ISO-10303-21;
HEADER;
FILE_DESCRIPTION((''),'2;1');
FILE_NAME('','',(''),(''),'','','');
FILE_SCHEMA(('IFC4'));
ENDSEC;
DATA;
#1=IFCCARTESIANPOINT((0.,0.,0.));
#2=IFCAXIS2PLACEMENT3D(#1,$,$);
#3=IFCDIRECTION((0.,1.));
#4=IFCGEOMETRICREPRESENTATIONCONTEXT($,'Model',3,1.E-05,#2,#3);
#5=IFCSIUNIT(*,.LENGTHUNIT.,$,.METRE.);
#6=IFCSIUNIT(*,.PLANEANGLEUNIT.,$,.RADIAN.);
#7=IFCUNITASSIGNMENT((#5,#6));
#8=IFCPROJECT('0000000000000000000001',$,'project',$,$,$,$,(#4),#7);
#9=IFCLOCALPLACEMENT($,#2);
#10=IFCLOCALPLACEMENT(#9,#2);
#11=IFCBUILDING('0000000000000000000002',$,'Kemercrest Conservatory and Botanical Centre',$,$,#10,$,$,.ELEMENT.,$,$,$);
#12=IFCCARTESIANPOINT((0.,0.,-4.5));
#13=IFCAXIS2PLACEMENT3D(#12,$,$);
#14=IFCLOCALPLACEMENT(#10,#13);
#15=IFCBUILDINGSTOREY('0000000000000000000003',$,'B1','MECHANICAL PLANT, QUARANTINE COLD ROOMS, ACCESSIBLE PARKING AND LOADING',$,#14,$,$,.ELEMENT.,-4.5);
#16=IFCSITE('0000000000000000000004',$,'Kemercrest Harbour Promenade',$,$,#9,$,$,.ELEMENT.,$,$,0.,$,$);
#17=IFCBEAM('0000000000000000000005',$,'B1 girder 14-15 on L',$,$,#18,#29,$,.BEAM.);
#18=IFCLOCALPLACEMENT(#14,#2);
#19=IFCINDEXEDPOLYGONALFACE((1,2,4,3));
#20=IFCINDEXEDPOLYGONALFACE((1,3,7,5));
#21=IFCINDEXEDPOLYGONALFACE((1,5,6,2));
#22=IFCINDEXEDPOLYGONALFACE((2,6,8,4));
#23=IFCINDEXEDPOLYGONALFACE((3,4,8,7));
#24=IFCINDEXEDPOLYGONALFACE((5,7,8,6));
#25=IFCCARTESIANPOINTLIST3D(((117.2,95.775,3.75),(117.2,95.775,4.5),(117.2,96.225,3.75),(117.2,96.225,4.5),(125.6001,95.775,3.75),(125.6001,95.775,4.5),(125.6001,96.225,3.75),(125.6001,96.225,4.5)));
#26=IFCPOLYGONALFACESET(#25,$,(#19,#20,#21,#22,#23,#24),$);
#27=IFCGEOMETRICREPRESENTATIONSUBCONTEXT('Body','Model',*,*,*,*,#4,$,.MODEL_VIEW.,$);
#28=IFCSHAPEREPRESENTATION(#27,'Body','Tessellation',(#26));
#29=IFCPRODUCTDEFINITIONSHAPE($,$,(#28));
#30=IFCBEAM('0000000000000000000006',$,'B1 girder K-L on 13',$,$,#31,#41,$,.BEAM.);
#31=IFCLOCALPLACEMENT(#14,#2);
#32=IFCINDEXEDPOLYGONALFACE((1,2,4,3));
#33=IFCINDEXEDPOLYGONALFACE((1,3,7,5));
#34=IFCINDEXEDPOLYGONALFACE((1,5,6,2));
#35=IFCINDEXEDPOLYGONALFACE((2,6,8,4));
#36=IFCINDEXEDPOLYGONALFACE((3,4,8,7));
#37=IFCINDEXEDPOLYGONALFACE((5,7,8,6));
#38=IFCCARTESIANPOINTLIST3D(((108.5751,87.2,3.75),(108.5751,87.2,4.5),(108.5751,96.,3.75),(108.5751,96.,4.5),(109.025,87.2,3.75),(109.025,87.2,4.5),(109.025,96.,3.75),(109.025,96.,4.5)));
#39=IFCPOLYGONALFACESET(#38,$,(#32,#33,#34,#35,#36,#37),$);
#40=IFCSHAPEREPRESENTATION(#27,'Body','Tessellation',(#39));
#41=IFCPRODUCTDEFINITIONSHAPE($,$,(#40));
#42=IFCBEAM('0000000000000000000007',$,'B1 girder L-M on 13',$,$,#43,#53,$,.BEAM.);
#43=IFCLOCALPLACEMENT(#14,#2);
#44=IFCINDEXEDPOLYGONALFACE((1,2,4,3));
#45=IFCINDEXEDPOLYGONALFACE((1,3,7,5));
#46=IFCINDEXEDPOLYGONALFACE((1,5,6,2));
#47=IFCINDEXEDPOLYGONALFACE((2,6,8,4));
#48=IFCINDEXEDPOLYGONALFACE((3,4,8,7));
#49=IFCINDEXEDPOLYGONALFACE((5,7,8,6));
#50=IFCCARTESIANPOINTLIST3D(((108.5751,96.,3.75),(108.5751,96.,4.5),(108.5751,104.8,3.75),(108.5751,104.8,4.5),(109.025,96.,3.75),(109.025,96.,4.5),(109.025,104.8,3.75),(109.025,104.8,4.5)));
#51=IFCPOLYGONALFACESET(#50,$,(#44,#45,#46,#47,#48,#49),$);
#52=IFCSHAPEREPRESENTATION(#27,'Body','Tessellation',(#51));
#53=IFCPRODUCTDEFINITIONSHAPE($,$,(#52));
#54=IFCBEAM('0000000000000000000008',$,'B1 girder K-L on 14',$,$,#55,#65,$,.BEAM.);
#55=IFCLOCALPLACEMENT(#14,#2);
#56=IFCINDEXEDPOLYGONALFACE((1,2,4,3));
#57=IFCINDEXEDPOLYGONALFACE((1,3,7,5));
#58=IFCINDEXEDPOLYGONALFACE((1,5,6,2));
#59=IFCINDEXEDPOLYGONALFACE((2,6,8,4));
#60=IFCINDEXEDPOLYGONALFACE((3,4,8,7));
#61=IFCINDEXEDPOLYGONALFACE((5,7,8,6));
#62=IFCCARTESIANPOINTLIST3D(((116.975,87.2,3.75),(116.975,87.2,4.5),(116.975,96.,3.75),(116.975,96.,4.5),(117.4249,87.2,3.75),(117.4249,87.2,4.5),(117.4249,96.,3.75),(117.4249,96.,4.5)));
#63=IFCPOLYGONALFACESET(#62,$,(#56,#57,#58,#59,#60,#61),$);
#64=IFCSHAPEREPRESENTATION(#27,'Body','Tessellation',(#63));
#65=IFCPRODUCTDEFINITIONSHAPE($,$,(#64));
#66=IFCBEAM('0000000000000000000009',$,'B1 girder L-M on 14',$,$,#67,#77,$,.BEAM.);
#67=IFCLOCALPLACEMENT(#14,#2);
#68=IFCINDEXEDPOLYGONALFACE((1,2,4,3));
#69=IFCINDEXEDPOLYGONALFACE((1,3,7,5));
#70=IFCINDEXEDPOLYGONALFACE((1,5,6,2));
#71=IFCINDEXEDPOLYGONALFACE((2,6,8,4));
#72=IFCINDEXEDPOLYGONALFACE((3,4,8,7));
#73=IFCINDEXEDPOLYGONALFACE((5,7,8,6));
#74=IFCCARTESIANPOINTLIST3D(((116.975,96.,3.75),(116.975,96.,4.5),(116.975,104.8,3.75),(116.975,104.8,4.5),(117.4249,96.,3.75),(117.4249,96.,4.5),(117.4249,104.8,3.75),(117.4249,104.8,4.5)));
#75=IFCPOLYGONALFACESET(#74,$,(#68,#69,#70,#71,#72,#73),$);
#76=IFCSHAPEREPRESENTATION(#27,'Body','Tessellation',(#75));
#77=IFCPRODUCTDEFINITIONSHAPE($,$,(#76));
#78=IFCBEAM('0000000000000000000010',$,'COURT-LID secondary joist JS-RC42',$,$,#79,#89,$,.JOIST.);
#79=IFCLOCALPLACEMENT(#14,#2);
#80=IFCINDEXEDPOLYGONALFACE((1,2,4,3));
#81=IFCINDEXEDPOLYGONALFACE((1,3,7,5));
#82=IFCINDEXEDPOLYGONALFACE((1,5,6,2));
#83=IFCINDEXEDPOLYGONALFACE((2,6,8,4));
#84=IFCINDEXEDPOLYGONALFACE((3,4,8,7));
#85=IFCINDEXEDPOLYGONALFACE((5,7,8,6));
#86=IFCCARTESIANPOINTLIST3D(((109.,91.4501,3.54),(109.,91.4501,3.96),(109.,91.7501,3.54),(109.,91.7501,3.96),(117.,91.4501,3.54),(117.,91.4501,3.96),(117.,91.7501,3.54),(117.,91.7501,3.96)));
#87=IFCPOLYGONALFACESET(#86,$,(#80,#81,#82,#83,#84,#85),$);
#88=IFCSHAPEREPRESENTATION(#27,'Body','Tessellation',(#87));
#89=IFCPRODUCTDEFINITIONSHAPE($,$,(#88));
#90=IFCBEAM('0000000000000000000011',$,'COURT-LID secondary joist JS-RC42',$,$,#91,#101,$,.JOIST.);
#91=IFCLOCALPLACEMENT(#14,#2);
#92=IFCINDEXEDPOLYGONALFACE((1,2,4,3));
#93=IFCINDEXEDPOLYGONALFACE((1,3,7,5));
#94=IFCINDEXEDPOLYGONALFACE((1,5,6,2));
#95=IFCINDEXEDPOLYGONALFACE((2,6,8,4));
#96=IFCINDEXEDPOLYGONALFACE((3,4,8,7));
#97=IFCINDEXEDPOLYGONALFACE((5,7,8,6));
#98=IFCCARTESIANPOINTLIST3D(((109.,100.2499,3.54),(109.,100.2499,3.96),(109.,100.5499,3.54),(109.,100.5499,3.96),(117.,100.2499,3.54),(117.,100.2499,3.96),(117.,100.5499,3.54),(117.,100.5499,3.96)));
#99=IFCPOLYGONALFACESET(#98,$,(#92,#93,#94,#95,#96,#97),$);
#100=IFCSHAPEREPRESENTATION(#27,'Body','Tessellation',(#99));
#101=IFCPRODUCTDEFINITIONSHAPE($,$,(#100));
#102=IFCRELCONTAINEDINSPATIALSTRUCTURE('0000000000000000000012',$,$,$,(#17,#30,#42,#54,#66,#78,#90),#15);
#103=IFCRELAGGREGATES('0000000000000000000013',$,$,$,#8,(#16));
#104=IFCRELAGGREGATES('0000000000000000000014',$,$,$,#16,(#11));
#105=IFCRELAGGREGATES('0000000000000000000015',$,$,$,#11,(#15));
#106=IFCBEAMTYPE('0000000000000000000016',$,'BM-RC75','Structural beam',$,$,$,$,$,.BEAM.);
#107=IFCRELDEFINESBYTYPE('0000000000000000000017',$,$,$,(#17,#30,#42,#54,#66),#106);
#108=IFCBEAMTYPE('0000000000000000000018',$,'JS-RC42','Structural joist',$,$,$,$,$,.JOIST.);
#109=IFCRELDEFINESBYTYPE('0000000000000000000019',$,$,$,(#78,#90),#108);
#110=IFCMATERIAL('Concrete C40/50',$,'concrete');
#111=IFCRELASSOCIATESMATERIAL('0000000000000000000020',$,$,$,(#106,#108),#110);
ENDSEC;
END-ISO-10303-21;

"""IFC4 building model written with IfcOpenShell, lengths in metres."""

from ifc_helpers import new_model, si_unit, direction, frame, origin, origin_2d, place, context, subcontext, project, spatial, rectangle, extrude, material, material_profile, profile_set, type_object, element, save


model = new_model("IFC4")

# Units and contexts
model_context = context("Model", 3, precision=1e-05, world=origin(), true_north=direction((0.0, 1.0)))
body_context = subcontext(model_context, "Body", "Model", "MODEL_VIEW")
ifc_project = project(units=[si_unit("LENGTHUNIT", "METRE"), si_unit("PLANEANGLEUNIT", "RADIAN")], contexts=[model_context])

# Site, building, storey
site_placement = place(None, origin())
site = spatial("IfcSite", under=ifc_project, at=site_placement, Name="Kemercrest Harbour Promenade", CompositionType="ELEMENT", RefElevation=0.0)
building_placement = place(site_placement, origin())
building = spatial("IfcBuilding", under=site, at=building_placement, Name="Kemercrest Conservatory and Botanical Centre", CompositionType="ELEMENT")
storey_placement = place(building_placement, frame((0.0, 0.0, -4.5)))
storey = spatial("IfcBuildingStorey", under=building, at=storey_placement, Name="B1", Description="MECHANICAL PLANT, QUARANTINE COLD ROOMS, ACCESSIBLE PARKING AND LOADING", CompositionType="ELEMENT", Elevation=-4.5)

# Shared definitions
ifc_material_1 = material(Name="Concrete C40/50", Category="concrete")

# Beams
ifc_material_profile_1 = material_profile(ifc_material_1, rectangle(XDim=0.45, YDim=0.75, at=origin_2d()), Name="RC 450x750")
ifc_profile_set_1 = profile_set([ifc_material_profile_1], Name="Concrete C40/50")
beam_type_1 = type_object("IfcBeamType", Name="BM-RC75", Description="Structural beam", PredefinedType="BEAM", material=ifc_profile_set_1)
beam_1_placement = place(storey_placement, frame((117.2, 96.0, 4.125), z_axis=(1.0, 0.0, 0.0), x_axis=(0.0, 1.0, 0.0)))
element("IfcBeam", 1, at=beam_1_placement, inside=storey, type_object=beam_type_1, Name="B1 girder 14-15 on L", PredefinedType="BEAM", context=body_context, shape_type="SweptSolid", body=[
    extrude(rectangle(XDim=0.45, YDim=0.75, at=origin_2d()), origin(), (0.0, 0.0, 1.0), 8.4001),
])
for number, where, z_axis, x_axis, name in (
    (2, (108.8, 87.2, 4.125), (0.0, 1.0, 0.0), (-1.0, 0.0, 0.0), "B1 girder K-L on 13"),
    (3, (108.8, 96.0, 4.125), (0.0, 1.0, 0.0), (-1.0, 0.0, 0.0), "B1 girder L-M on 13"),
    (4, (117.2, 87.2, 4.125), (0.0, 1.0, 0.0), (-1.0, 0.0, 0.0), "B1 girder K-L on 14"),
    (5, (117.2, 96.0, 4.125), (0.0, 1.0, 0.0), (-1.0, 0.0, 0.0), "B1 girder L-M on 14"),
):
    element("IfcBeam", number, at=place(storey_placement, frame(where, z_axis=z_axis, x_axis=x_axis)), inside=storey, type_object=beam_type_1, Name=name, PredefinedType="BEAM", context=body_context, shape_type="SweptSolid", body=[
        extrude(rectangle(XDim=0.45, YDim=0.75, at=origin_2d()), origin(), (0.0, 0.0, 1.0), 8.8),
    ])
ifc_material_profile_2 = material_profile(ifc_material_1, rectangle(XDim=0.3, YDim=0.4199, at=origin_2d()), Name="RC 300x420")
ifc_profile_set_2 = profile_set([ifc_material_profile_2], Name="Concrete C40/50")
beam_type_2 = type_object("IfcBeamType", Name="JS-RC42", Description="Structural joist", PredefinedType="JOIST", material=ifc_profile_set_2)
for number, where, z_axis, x_axis, name in (
    (6, (109.0, 91.6001, 3.75), (1.0, 0.0, 0.0), (0.0, 1.0, 0.0), "COURT-LID secondary joist JS-RC42"),
    (7, (109.0, 100.3999, 3.75), (1.0, 0.0, 0.0), (0.0, 1.0, 0.0), "COURT-LID secondary joist JS-RC42"),
):
    element("IfcBeam", number, at=place(storey_placement, frame(where, z_axis=z_axis, x_axis=x_axis)), inside=storey, type_object=beam_type_2, Name=name, PredefinedType="JOIST", context=body_context, shape_type="SweptSolid", body=[
        extrude(rectangle(XDim=0.3, YDim=0.4199, at=origin_2d()), origin(), (0.0, 0.0, 1.0), 8.0),
    ])

save(model, "model.ifc")
